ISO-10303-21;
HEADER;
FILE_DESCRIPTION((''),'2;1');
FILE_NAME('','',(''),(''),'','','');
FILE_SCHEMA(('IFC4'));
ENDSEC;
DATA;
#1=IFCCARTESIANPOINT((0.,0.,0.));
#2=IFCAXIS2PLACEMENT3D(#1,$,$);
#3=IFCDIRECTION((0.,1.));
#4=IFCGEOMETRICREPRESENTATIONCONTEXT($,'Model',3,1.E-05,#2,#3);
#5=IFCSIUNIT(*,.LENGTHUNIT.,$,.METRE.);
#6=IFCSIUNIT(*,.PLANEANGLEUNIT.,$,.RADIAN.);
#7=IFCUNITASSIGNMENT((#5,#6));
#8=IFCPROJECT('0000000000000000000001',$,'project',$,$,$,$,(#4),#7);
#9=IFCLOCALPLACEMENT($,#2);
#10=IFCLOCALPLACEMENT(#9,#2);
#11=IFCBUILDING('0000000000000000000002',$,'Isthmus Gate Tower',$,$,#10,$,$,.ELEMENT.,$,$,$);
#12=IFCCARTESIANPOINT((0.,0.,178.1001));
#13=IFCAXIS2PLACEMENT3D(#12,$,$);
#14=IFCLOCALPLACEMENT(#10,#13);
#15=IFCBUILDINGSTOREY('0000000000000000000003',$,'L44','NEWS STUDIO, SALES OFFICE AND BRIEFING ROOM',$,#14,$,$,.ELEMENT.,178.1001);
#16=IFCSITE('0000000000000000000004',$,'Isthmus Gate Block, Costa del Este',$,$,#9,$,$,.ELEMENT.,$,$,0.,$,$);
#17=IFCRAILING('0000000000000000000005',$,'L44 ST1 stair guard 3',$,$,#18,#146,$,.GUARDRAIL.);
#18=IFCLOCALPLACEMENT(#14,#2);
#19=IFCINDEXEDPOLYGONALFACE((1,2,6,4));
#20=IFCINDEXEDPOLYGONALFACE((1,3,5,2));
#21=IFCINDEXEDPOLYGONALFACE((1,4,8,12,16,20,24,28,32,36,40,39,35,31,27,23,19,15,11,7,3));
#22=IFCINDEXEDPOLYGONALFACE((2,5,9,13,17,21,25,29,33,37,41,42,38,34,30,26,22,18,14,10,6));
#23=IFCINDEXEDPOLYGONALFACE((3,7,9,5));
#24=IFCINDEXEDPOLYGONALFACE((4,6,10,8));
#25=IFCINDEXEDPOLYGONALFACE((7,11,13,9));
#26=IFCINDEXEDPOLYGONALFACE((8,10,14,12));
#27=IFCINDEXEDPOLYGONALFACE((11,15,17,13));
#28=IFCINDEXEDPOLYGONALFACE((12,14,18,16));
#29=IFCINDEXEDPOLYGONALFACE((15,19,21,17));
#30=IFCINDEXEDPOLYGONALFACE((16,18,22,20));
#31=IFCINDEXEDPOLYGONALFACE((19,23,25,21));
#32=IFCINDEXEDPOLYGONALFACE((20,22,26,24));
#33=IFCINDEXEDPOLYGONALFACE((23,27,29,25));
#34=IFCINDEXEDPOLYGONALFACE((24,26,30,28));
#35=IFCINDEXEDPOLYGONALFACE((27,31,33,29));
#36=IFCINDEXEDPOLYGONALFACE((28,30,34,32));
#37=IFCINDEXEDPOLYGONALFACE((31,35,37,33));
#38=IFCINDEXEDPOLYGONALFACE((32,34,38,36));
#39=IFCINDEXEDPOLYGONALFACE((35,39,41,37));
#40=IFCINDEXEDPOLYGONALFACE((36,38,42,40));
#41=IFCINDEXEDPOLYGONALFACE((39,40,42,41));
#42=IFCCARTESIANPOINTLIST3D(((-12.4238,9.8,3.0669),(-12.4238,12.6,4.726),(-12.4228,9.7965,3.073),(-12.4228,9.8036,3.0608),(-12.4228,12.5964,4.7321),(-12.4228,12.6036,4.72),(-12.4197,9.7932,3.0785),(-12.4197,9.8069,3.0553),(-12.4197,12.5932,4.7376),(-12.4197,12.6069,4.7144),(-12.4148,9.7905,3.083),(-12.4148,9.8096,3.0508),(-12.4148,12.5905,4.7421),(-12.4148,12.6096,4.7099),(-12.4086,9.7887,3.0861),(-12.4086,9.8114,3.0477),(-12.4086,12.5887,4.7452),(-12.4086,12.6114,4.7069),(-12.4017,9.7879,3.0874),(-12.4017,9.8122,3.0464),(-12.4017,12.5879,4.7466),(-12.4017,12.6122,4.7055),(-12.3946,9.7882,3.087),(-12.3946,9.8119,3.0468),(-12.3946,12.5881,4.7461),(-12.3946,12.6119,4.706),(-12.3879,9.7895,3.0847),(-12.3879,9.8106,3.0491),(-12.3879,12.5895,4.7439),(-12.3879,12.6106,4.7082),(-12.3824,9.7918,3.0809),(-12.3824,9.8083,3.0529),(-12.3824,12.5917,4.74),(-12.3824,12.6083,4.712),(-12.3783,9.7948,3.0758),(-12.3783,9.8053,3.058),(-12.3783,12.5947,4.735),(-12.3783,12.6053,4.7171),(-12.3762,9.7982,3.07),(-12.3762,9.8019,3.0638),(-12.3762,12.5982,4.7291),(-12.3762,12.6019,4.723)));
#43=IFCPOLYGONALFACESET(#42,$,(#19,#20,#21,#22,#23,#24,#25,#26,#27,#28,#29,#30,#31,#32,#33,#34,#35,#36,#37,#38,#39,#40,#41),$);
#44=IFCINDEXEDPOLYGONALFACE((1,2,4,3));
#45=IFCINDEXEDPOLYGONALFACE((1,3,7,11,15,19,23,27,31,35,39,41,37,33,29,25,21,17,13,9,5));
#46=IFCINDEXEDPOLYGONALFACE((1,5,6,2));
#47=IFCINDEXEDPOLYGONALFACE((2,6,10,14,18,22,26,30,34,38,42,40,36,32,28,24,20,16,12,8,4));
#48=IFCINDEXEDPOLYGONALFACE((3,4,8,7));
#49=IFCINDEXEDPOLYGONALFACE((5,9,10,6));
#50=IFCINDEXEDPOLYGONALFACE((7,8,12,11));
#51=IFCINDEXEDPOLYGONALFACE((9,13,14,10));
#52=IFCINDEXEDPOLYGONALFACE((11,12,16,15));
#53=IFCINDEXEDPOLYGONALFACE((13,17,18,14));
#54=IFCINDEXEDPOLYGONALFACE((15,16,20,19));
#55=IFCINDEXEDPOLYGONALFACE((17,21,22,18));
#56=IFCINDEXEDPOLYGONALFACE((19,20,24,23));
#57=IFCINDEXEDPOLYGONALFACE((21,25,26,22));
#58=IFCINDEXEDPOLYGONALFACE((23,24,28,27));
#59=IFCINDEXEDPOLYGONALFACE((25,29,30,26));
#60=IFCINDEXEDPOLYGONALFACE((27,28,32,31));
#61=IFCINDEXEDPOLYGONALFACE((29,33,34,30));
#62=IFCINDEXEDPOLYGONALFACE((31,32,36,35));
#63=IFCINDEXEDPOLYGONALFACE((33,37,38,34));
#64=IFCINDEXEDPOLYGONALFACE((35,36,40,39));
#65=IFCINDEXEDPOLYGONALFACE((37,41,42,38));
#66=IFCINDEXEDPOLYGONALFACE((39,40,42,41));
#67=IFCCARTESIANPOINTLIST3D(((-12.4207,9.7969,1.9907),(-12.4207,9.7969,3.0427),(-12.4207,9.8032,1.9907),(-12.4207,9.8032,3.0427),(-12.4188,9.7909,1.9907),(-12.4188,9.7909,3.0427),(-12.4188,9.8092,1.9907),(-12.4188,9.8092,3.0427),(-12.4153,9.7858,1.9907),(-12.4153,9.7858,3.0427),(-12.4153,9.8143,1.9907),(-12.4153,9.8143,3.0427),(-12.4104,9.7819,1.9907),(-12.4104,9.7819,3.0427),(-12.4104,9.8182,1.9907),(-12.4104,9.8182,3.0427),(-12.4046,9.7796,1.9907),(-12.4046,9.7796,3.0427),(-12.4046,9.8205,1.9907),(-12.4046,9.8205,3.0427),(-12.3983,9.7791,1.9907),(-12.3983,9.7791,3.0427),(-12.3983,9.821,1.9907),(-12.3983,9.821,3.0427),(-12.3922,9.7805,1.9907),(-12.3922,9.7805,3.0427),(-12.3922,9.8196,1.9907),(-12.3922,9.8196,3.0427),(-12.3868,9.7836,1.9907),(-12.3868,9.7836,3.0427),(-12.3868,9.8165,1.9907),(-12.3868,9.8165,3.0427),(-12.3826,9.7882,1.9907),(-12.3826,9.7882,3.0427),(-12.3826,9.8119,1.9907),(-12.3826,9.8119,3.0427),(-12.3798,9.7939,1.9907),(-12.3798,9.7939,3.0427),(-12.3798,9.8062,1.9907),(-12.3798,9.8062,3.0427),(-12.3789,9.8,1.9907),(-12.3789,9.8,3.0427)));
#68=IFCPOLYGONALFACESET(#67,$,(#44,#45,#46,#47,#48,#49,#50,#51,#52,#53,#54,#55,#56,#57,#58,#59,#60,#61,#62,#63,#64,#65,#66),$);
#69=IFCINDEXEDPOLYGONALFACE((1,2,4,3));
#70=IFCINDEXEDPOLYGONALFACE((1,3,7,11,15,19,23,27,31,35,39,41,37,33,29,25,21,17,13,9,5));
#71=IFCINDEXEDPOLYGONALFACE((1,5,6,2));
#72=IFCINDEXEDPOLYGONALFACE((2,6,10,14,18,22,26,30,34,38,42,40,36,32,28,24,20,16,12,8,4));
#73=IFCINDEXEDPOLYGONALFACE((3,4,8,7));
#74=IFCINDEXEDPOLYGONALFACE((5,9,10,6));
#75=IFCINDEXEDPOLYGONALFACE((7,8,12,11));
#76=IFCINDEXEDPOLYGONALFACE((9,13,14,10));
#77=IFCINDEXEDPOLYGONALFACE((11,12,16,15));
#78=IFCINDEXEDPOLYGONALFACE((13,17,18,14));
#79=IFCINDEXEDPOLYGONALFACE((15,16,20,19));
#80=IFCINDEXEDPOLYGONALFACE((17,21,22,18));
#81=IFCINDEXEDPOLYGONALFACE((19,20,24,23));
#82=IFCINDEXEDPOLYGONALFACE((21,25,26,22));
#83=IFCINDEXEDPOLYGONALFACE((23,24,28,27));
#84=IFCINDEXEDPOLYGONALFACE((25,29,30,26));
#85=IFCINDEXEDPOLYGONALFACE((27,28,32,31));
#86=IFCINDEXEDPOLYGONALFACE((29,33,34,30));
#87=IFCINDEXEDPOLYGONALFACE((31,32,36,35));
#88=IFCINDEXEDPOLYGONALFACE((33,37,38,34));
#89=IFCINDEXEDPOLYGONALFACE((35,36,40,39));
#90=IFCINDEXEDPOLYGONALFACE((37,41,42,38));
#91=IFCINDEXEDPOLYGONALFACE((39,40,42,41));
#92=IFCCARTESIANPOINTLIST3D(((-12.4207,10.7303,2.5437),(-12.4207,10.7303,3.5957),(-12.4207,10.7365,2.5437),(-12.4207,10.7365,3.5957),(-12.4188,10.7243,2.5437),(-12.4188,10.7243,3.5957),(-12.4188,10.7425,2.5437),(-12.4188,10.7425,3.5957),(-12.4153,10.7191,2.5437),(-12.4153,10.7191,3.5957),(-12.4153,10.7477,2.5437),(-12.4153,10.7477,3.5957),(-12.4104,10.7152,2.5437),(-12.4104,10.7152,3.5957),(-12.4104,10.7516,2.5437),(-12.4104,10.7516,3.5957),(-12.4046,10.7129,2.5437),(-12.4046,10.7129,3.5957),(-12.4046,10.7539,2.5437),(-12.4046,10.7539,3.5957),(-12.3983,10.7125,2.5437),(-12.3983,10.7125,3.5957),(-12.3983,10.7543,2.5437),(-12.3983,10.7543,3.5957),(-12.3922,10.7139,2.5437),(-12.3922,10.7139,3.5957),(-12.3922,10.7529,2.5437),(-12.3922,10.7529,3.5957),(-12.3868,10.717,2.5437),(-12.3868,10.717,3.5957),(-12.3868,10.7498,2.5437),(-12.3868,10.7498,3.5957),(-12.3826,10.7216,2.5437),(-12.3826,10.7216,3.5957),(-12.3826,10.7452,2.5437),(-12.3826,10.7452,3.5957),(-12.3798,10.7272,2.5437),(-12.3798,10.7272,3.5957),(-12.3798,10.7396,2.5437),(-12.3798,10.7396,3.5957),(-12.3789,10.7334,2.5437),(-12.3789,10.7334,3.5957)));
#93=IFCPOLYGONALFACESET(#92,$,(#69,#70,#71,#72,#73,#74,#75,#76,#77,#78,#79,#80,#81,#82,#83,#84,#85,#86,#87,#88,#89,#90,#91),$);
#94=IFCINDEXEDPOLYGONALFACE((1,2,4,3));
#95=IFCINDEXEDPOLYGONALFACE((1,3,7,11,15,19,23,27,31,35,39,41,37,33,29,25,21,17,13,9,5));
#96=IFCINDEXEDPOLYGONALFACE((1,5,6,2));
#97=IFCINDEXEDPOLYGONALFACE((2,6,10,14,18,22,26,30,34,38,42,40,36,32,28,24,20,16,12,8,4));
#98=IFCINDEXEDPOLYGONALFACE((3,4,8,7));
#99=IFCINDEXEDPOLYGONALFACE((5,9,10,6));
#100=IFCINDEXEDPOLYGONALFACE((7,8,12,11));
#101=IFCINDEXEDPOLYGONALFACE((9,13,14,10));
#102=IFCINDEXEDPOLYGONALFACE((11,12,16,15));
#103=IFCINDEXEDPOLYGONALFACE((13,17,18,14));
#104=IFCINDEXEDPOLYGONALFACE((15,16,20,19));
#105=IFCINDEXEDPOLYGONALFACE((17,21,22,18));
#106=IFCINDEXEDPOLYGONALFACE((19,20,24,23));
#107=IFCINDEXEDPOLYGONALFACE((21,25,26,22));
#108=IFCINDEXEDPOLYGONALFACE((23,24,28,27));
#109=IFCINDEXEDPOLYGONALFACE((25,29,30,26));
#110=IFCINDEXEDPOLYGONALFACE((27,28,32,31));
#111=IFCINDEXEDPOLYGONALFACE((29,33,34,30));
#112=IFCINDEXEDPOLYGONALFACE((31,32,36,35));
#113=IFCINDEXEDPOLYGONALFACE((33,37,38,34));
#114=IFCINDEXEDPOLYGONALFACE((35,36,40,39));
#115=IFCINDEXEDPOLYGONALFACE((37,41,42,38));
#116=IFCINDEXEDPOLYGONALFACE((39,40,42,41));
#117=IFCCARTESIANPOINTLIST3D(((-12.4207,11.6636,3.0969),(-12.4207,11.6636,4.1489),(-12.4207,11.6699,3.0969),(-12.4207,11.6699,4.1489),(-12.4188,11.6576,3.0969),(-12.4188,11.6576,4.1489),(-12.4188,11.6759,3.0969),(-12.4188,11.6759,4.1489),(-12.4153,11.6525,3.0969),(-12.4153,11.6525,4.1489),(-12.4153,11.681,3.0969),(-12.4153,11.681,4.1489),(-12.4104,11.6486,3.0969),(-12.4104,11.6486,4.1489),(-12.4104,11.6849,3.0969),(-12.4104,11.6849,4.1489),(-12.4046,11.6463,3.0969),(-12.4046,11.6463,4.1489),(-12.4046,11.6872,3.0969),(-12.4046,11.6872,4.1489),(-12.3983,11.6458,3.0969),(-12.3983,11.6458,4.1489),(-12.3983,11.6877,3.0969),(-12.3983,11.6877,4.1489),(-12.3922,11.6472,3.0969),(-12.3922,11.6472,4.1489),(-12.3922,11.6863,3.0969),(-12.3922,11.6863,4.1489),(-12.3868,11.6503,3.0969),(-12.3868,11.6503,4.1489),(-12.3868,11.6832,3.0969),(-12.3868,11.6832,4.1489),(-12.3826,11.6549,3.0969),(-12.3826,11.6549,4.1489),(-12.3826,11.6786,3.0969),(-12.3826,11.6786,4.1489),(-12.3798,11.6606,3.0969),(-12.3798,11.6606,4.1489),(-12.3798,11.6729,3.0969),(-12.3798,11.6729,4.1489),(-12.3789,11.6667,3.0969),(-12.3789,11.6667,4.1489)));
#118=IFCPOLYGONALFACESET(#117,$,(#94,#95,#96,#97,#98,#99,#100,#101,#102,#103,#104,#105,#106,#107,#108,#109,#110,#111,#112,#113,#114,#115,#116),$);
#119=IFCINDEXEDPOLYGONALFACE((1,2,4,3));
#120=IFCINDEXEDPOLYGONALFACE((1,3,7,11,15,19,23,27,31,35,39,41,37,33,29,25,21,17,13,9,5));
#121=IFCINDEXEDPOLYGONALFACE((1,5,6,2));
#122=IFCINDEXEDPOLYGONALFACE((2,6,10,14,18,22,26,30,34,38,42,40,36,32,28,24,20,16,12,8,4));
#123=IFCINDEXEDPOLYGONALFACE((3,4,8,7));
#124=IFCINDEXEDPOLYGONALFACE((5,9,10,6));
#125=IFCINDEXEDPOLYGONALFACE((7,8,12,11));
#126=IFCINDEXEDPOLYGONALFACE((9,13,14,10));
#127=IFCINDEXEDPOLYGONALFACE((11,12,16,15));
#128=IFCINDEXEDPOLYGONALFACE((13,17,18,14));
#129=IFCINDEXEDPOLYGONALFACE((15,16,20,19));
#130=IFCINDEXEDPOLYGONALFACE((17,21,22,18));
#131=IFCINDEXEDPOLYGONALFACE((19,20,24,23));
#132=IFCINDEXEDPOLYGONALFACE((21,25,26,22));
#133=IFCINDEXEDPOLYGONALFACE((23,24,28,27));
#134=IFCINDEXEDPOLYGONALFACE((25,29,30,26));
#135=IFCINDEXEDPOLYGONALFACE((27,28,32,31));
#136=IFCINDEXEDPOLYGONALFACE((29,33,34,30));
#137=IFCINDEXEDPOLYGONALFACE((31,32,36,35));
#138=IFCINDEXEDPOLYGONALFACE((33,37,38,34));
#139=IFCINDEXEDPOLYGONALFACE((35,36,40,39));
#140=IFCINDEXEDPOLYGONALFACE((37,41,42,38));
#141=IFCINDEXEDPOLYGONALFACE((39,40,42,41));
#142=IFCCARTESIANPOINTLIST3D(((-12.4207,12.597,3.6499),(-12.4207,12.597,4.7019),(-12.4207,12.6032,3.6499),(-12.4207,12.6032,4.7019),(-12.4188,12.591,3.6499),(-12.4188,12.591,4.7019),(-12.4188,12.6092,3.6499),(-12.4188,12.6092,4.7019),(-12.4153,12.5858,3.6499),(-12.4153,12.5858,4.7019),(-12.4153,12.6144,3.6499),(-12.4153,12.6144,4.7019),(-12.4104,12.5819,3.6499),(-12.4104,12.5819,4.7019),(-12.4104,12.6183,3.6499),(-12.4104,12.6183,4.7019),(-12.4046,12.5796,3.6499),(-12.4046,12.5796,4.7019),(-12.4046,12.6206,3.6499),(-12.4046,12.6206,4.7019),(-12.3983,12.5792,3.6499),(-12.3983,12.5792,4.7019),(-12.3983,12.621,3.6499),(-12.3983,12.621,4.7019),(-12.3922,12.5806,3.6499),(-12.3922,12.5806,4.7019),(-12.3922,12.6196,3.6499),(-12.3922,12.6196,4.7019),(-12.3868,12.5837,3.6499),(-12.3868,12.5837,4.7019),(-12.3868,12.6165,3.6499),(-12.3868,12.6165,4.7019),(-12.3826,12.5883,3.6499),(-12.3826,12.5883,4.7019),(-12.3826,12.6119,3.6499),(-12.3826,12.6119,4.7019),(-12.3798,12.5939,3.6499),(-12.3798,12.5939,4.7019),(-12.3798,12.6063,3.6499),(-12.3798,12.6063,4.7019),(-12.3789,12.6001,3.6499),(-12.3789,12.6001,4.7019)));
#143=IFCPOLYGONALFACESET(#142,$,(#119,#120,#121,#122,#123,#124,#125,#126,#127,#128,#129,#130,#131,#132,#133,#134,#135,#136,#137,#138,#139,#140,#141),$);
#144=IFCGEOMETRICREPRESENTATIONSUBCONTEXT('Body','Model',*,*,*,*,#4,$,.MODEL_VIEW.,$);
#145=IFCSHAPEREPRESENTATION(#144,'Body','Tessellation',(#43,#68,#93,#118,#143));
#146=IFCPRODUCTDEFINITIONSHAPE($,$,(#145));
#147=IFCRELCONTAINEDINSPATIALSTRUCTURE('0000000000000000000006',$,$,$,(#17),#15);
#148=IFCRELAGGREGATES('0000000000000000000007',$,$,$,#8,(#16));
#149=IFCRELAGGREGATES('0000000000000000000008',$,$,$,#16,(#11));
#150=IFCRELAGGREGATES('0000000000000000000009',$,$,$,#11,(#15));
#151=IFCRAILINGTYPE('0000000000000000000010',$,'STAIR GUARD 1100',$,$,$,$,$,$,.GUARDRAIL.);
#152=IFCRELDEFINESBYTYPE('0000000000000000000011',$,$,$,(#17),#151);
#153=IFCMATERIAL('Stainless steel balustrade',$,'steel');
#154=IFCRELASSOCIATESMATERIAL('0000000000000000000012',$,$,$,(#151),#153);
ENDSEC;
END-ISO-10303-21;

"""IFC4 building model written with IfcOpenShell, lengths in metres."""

from ifc_helpers import new_model, si_unit, direction, frame, origin, origin_2d, place, context, subcontext, project, spatial, circle, extrude, material, type_object, element, save


model = new_model("IFC4")

# Units and contexts
model_context = context("Model", 3, precision=1e-05, world=origin(), true_north=direction((0.0, 1.0)))
body_context = subcontext(model_context, "Body", "Model", "MODEL_VIEW")
ifc_project = project(units=[si_unit("LENGTHUNIT", "METRE"), si_unit("PLANEANGLEUNIT", "RADIAN")], contexts=[model_context])

# Site, building, storey
site_placement = place(None, origin())
site = spatial("IfcSite", under=ifc_project, at=site_placement, Name="Isthmus Gate Block, Costa del Este", CompositionType="ELEMENT", RefElevation=0.0)
building_placement = place(site_placement, origin())
building = spatial("IfcBuilding", under=site, at=building_placement, Name="Isthmus Gate Tower", CompositionType="ELEMENT")
storey_placement = place(building_placement, frame((0.0, 0.0, 178.1001)))
storey = spatial("IfcBuildingStorey", under=building, at=storey_placement, Name="L44", Description="NEWS STUDIO, SALES OFFICE AND BRIEFING ROOM", CompositionType="ELEMENT", Elevation=178.1001)

# Railing
ifc_material_1 = material(Name="Stainless steel balustrade", Category="steel")
railing_type_1 = type_object("IfcRailingType", Name="STAIR GUARD 1100", PredefinedType="GUARDRAIL", material=ifc_material_1)
for number, where, name in (
    (1, (-12.3999, 9.8, 1.9907), "L44 ST1 stair guard 3"),
):
    element("IfcRailing", number, at=place(storey_placement, frame(where)), inside=storey, type_object=railing_type_1, Name=name, PredefinedType="GUARDRAIL", context=body_context, shape_type="SweptSolid", body=[
        extrude(circle(Radius=0.0239, at=origin_2d()), frame((0.0, 0.0, 1.0762), z_axis=(0.0, 0.860306, 0.509778), x_axis=(-1.0, 0.0, 0.0)), (0.0, 0.0, 1.0), 3.2546),
        extrude(circle(Radius=0.021, at=origin_2d()), origin(), (0.0, 0.0, 1.0), 1.052),
        extrude(circle(Radius=0.021, at=origin_2d()), frame((0.0, 0.9333, 0.553)), (0.0, 0.0, 1.0), 1.052),
        extrude(circle(Radius=0.021, at=origin_2d()), frame((0.0, 1.8667, 1.1062)), (0.0, 0.0, 1.0), 1.052),
        extrude(circle(Radius=0.021, at=origin_2d()), frame((0.0, 2.8, 1.6592)), (0.0, 0.0, 1.0), 1.052),
    ])

save(model, "model.ifc")
